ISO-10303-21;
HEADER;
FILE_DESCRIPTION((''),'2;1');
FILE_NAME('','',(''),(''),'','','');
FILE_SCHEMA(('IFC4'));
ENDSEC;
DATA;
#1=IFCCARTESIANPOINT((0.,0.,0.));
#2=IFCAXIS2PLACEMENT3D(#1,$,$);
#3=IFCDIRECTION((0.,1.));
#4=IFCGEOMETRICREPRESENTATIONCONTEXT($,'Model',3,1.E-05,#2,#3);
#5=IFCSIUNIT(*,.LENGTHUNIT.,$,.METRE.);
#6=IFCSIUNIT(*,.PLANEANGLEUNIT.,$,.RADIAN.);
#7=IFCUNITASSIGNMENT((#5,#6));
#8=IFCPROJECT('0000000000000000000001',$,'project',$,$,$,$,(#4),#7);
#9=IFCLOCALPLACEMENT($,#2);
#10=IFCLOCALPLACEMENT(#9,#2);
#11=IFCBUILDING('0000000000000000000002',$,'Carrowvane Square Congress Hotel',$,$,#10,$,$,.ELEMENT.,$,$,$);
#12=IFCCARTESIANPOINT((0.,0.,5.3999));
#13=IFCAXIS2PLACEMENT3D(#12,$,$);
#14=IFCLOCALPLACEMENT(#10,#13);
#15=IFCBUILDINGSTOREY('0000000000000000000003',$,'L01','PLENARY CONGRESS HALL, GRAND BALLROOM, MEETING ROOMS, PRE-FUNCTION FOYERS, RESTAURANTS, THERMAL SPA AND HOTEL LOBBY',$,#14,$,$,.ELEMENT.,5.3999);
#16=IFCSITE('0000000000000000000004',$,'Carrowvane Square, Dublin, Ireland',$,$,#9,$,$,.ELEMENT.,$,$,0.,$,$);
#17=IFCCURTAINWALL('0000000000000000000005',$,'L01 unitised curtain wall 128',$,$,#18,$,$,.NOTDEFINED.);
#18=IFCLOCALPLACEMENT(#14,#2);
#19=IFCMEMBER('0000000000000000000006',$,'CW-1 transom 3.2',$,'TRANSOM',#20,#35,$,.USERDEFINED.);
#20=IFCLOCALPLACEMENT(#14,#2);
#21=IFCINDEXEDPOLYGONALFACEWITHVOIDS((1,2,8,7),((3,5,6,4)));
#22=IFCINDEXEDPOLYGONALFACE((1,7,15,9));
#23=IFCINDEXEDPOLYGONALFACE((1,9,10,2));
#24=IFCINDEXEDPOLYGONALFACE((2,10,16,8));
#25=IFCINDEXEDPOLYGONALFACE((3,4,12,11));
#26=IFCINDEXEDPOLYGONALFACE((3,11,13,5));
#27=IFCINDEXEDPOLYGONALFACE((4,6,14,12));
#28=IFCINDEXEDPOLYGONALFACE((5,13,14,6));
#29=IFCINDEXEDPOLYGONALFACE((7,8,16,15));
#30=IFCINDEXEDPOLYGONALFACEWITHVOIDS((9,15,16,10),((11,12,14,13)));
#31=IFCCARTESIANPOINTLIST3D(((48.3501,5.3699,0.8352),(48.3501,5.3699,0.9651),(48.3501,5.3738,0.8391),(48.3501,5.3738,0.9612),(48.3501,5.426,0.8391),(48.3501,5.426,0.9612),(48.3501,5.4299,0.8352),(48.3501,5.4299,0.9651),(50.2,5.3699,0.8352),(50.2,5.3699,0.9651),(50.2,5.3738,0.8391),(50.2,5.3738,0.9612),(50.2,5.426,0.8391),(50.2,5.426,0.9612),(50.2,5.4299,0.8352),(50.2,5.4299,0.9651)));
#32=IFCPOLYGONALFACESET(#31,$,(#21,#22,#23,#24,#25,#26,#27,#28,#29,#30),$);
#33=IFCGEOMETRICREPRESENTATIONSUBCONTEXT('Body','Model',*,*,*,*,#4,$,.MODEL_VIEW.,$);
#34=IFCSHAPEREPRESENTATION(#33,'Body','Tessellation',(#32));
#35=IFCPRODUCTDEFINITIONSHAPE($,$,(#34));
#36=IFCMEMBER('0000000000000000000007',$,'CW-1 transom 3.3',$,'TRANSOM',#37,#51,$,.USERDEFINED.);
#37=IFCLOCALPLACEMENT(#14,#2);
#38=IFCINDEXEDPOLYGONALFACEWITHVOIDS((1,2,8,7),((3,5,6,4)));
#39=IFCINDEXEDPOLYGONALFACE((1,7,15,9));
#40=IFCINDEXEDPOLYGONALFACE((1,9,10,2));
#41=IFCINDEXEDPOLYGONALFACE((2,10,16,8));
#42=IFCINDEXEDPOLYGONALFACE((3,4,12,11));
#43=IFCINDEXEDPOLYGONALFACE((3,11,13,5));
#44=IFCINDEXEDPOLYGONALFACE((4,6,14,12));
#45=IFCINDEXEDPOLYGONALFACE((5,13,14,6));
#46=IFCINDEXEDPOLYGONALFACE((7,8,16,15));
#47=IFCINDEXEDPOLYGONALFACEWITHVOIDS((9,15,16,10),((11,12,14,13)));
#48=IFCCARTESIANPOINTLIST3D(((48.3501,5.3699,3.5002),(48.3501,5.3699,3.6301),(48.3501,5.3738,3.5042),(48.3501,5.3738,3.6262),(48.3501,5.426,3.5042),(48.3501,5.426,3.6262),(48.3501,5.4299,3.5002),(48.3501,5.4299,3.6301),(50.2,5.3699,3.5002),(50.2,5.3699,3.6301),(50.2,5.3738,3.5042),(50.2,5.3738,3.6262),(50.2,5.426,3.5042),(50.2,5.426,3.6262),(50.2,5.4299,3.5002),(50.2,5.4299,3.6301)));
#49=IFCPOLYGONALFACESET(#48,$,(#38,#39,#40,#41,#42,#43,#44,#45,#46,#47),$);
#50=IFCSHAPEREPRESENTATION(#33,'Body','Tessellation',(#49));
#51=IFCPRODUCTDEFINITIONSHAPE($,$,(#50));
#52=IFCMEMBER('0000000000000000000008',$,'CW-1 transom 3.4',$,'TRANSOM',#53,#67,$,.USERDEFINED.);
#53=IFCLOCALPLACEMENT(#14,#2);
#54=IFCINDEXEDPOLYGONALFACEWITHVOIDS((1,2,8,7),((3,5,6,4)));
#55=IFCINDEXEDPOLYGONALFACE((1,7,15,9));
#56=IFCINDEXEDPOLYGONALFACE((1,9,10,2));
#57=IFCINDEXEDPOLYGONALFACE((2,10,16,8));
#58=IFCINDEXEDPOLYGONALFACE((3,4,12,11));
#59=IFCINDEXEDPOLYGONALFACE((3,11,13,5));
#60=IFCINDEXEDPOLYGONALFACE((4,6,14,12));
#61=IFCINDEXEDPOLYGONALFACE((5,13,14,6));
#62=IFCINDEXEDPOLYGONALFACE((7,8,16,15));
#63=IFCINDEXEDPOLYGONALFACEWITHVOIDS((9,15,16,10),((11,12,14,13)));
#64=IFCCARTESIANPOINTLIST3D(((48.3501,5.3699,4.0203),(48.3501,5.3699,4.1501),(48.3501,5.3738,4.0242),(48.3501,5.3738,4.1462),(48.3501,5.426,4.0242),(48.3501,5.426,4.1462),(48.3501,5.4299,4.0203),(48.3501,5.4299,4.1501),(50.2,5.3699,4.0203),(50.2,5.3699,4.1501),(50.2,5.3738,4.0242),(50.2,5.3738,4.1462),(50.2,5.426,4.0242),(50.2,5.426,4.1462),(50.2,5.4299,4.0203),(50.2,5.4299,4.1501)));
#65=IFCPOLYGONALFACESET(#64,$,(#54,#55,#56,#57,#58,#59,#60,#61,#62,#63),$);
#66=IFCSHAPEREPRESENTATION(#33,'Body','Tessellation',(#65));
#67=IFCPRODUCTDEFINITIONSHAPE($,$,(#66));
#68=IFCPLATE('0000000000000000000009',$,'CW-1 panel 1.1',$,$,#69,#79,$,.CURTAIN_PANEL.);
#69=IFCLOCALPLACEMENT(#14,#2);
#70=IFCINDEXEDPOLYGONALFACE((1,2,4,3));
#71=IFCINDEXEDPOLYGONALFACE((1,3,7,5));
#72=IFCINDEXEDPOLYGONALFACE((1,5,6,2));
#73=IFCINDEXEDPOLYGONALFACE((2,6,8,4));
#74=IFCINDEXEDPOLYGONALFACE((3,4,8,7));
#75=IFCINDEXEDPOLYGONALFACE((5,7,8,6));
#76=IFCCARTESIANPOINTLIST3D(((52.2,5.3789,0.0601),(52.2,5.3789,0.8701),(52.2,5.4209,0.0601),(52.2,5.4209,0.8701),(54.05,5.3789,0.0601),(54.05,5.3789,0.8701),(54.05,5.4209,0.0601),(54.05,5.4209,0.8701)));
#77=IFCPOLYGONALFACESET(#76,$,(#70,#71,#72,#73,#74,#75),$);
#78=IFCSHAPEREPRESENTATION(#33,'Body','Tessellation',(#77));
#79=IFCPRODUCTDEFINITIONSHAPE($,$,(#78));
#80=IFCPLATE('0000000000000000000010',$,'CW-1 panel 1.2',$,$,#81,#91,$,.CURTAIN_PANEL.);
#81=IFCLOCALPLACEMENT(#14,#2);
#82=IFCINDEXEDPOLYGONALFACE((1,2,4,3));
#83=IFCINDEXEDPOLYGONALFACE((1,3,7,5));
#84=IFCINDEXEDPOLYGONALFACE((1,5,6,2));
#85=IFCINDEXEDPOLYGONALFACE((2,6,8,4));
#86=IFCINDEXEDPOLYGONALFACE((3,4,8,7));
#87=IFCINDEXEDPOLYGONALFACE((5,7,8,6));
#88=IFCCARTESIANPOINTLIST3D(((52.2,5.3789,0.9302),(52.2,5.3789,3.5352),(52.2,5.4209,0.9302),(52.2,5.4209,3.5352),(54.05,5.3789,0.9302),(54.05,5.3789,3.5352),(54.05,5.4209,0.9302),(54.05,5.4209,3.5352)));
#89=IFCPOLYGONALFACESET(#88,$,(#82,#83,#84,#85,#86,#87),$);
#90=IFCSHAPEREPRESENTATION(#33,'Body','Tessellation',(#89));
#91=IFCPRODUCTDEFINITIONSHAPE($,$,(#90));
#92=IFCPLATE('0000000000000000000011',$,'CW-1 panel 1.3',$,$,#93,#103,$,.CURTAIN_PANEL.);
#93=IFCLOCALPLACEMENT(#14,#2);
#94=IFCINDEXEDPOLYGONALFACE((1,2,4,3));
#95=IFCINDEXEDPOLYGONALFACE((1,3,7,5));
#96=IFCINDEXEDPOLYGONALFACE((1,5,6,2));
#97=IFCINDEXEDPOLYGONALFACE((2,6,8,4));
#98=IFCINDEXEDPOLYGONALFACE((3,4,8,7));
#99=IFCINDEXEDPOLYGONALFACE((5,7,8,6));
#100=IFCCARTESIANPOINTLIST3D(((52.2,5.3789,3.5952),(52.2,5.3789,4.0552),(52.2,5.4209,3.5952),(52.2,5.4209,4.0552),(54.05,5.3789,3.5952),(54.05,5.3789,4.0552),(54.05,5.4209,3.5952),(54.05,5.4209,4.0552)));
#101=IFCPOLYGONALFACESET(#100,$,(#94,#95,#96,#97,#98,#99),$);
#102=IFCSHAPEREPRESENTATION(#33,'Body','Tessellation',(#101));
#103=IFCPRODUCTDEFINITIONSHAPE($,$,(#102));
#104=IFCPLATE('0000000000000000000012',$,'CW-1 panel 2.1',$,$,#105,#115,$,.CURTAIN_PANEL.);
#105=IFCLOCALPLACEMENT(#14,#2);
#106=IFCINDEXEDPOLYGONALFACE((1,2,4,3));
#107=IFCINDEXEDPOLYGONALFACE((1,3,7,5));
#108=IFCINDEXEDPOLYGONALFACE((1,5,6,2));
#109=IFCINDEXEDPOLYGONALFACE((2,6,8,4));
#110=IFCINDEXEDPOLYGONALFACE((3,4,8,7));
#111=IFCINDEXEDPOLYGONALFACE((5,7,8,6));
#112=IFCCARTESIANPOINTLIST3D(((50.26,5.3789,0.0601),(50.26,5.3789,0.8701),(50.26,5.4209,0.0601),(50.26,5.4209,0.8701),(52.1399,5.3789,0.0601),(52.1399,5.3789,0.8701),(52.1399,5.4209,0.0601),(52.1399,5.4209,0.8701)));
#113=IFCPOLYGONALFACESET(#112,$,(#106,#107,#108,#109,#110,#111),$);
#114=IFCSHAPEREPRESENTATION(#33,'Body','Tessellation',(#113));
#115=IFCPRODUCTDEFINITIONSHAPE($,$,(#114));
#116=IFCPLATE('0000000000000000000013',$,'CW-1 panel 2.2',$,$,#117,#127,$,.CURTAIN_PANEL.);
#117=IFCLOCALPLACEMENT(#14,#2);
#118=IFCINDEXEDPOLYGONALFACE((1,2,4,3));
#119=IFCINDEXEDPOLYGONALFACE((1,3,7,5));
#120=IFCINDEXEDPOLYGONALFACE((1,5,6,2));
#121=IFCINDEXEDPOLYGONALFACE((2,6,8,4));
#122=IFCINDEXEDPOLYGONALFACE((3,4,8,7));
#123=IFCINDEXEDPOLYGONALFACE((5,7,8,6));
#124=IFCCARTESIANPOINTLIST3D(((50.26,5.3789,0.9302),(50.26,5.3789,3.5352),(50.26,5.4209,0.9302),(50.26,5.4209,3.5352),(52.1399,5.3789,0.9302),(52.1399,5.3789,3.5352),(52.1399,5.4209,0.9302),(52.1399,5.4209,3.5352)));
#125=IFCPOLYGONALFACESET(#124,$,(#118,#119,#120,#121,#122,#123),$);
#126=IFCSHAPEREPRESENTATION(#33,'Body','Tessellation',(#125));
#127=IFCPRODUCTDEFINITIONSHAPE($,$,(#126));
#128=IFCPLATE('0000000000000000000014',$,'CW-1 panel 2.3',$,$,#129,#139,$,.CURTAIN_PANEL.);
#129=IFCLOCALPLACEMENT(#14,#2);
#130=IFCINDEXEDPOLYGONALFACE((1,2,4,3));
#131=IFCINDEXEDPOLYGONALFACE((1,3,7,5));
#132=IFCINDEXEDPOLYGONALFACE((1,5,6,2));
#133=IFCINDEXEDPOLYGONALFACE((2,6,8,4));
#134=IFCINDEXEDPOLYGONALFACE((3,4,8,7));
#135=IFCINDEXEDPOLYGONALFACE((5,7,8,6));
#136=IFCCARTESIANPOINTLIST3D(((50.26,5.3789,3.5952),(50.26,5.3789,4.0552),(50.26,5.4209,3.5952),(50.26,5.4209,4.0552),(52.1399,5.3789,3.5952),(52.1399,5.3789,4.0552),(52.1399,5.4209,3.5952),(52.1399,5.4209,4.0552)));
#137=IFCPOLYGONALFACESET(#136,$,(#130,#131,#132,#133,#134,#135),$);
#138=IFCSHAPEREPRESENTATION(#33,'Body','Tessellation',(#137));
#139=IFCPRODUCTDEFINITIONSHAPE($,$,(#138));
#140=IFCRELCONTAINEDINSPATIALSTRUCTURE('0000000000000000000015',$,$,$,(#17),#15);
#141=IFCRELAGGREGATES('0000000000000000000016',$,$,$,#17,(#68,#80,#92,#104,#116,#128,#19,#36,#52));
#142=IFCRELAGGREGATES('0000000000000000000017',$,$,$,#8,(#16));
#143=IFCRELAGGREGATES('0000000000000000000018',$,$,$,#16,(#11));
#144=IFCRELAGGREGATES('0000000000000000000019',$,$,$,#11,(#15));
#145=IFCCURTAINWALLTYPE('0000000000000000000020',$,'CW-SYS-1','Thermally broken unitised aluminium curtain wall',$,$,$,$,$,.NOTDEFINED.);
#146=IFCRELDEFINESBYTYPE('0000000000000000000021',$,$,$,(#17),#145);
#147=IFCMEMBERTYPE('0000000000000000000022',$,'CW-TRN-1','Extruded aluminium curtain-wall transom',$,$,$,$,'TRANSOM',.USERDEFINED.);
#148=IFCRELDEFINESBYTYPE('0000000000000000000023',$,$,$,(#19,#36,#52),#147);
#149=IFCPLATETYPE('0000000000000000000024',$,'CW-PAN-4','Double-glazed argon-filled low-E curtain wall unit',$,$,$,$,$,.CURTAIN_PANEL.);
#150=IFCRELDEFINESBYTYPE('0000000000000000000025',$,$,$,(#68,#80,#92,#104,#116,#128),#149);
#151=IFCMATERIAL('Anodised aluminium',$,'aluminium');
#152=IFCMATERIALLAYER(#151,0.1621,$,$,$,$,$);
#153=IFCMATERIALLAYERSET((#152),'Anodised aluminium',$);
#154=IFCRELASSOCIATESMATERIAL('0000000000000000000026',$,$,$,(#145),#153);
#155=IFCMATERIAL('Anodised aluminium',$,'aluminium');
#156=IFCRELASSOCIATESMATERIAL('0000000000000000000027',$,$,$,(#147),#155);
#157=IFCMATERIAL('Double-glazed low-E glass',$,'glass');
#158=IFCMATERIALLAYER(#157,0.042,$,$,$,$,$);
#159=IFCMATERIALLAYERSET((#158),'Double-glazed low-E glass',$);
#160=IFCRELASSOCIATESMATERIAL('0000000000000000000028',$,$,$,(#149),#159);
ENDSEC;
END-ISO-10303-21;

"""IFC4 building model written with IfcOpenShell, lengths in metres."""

from ifc_helpers import new_model, si_unit, direction, frame, origin, origin_2d, place, context, subcontext, project, spatial, rectangle, hollow_rectangle, extrude, material, layer, layer_set, material_profile, profile_set, type_object, element, aggregate, save


model = new_model("IFC4")

# Units and contexts
model_context = context("Model", 3, precision=1e-05, world=origin(), true_north=direction((0.0, 1.0)))
body_context = subcontext(model_context, "Body", "Model", "MODEL_VIEW")
ifc_project = project(units=[si_unit("LENGTHUNIT", "METRE"), si_unit("PLANEANGLEUNIT", "RADIAN")], contexts=[model_context])

# Site, building, storey
site_placement = place(None, origin())
site = spatial("IfcSite", under=ifc_project, at=site_placement, Name="Carrowvane Square, Dublin, Ireland", CompositionType="ELEMENT", RefElevation=0.0)
building_placement = place(site_placement, origin())
building = spatial("IfcBuilding", under=site, at=building_placement, Name="Carrowvane Square Congress Hotel", CompositionType="ELEMENT")
storey_placement = place(building_placement, frame((0.0, 0.0, 5.3999)))
storey = spatial("IfcBuildingStorey", under=building, at=storey_placement, Name="L01", Description="PLENARY CONGRESS HALL, GRAND BALLROOM, MEETING ROOMS, PRE-FUNCTION FOYERS, RESTAURANTS, THERMAL SPA AND HOTEL LOBBY", CompositionType="ELEMENT", Elevation=5.3999)

# Curtain wall, members, plates
ifc_material_1 = material(Name="Anodised aluminium", Category="aluminium")
ifc_layer_1 = layer(ifc_material_1, 0.1621)
ifc_layer_set_1 = layer_set([ifc_layer_1], Name="Anodised aluminium")
curtain_wall_type = type_object("IfcCurtainWallType", Name="CW-SYS-1", Description="Thermally broken unitised aluminium curtain wall", PredefinedType="NOTDEFINED", material=ifc_layer_set_1)
curtain_wall_placement = place(storey_placement, origin())
curtain_wall = element("IfcCurtainWall", 1, at=curtain_wall_placement, inside=storey, type_object=curtain_wall_type, Name="L01 unitised curtain wall 128", PredefinedType="NOTDEFINED")
ifc_material_2 = material(Name="Anodised aluminium", Category="aluminium")
ifc_material_profile_1 = material_profile(ifc_material_2, hollow_rectangle(XDim=0.0601, YDim=0.1299, WallThickness=0.0039, at=origin_2d()), Name="CW-TR 60x130x4")
ifc_profile_set_1 = profile_set([ifc_material_profile_1], Name="Anodised aluminium")
member_type_1 = type_object("IfcMemberType", Name="CW-TRN-1", Description="Extruded aluminium curtain-wall transom", ElementType="TRANSOM", PredefinedType="USERDEFINED", material=ifc_profile_set_1)
member_1_placement = place(storey_placement, frame((50.2, 5.3999, 0.9001), z_axis=(-1.0, 0.0, 0.0), x_axis=(0.0, -1.0, 0.0)))
member_1 = element("IfcMember", 2, at=member_1_placement, type_object=member_type_1, Name="CW-1 transom 3.2", ObjectType="TRANSOM", PredefinedType="USERDEFINED", context=body_context, shape_type="SweptSolid", body=[
    extrude(hollow_rectangle(XDim=0.0601, YDim=0.1299, WallThickness=0.0039, at=origin_2d()), origin(), (0.0, 0.0, 1.0), 1.8499),
])
member_2_placement = place(storey_placement, frame((50.2, 5.3999, 3.5652), z_axis=(-1.0, 0.0, 0.0), x_axis=(0.0, -1.0, 0.0)))
member_2 = element("IfcMember", 3, at=member_2_placement, type_object=member_type_1, Name="CW-1 transom 3.3", ObjectType="TRANSOM", PredefinedType="USERDEFINED", context=body_context, shape_type="SweptSolid", body=[
    extrude(hollow_rectangle(XDim=0.0601, YDim=0.1299, WallThickness=0.0039, at=origin_2d()), origin(), (0.0, 0.0, 1.0), 1.8499),
])
member_3_placement = place(storey_placement, frame((50.2, 5.3999, 4.0852), z_axis=(-1.0, 0.0, 0.0), x_axis=(0.0, -1.0, 0.0)))
member_3 = element("IfcMember", 4, at=member_3_placement, type_object=member_type_1, Name="CW-1 transom 3.4", ObjectType="TRANSOM", PredefinedType="USERDEFINED", context=body_context, shape_type="SweptSolid", body=[
    extrude(hollow_rectangle(XDim=0.0601, YDim=0.1299, WallThickness=0.0039, at=origin_2d()), origin(), (0.0, 0.0, 1.0), 1.8499),
])
ifc_material_3 = material(Name="Double-glazed low-E glass", Category="glass")
ifc_layer_2 = layer(ifc_material_3, 0.042)
ifc_layer_set_2 = layer_set([ifc_layer_2], Name="Double-glazed low-E glass")
plate_type = type_object("IfcPlateType", Name="CW-PAN-4", Description="Double-glazed argon-filled low-E curtain wall unit", PredefinedType="CURTAIN_PANEL", material=ifc_layer_set_2)
plate_1_placement = place(storey_placement, frame((53.125, 5.3999, 0.0601), z_axis=(0.0, 0.0, 1.0), x_axis=(-1.0, 0.0, 0.0)))
plate_1 = element("IfcPlate", 5, at=plate_1_placement, type_object=plate_type, Name="CW-1 panel 1.1", PredefinedType="CURTAIN_PANEL", context=body_context, shape_type="SweptSolid", body=[
    extrude(rectangle(XDim=1.8501, YDim=0.042, at=origin_2d()), origin(), (0.0, 0.0, 1.0), 0.8101),
])
plate_2_placement = place(storey_placement, frame((53.125, 5.3999, 0.9302), z_axis=(0.0, 0.0, 1.0), x_axis=(-1.0, 0.0, 0.0)))
plate_2 = element("IfcPlate", 6, at=plate_2_placement, type_object=plate_type, Name="CW-1 panel 1.2", PredefinedType="CURTAIN_PANEL", context=body_context, shape_type="SweptSolid", body=[
    extrude(rectangle(XDim=1.8501, YDim=0.042, at=origin_2d()), origin(), (0.0, 0.0, 1.0), 2.605),
])
plate_3_placement = place(storey_placement, frame((53.125, 5.3999, 3.5952), z_axis=(0.0, 0.0, 1.0), x_axis=(-1.0, 0.0, 0.0)))
plate_3 = element("IfcPlate", 7, at=plate_3_placement, type_object=plate_type, Name="CW-1 panel 1.3", PredefinedType="CURTAIN_PANEL", context=body_context, shape_type="SweptSolid", body=[
    extrude(rectangle(XDim=1.8501, YDim=0.042, at=origin_2d()), origin(), (0.0, 0.0, 1.0), 0.46),
])
plate_4_placement = place(storey_placement, frame((51.2, 5.3999, 0.0601), z_axis=(0.0, 0.0, 1.0), x_axis=(-1.0, 0.0, 0.0)))
plate_4 = element("IfcPlate", 8, at=plate_4_placement, type_object=plate_type, Name="CW-1 panel 2.1", PredefinedType="CURTAIN_PANEL", context=body_context, shape_type="SweptSolid", body=[
    extrude(rectangle(XDim=1.8799, YDim=0.042, at=origin_2d()), origin(), (0.0, 0.0, 1.0), 0.8101),
])
plate_5_placement = place(storey_placement, frame((51.2, 5.3999, 0.9302), z_axis=(0.0, 0.0, 1.0), x_axis=(-1.0, 0.0, 0.0)))
plate_5 = element("IfcPlate", 9, at=plate_5_placement, type_object=plate_type, Name="CW-1 panel 2.2", PredefinedType="CURTAIN_PANEL", context=body_context, shape_type="SweptSolid", body=[
    extrude(rectangle(XDim=1.8799, YDim=0.042, at=origin_2d()), origin(), (0.0, 0.0, 1.0), 2.605),
])
plate_6_placement = place(storey_placement, frame((51.2, 5.3999, 3.5952), z_axis=(0.0, 0.0, 1.0), x_axis=(-1.0, 0.0, 0.0)))
plate_6 = element("IfcPlate", 10, at=plate_6_placement, type_object=plate_type, Name="CW-1 panel 2.3", PredefinedType="CURTAIN_PANEL", context=body_context, shape_type="SweptSolid", body=[
    extrude(rectangle(XDim=1.8799, YDim=0.042, at=origin_2d()), origin(), (0.0, 0.0, 1.0), 0.46),
])
aggregate(curtain_wall, [plate_1, plate_2, plate_3, plate_4, plate_5, plate_6, member_1, member_2, member_3])

save(model, "model.ifc")
